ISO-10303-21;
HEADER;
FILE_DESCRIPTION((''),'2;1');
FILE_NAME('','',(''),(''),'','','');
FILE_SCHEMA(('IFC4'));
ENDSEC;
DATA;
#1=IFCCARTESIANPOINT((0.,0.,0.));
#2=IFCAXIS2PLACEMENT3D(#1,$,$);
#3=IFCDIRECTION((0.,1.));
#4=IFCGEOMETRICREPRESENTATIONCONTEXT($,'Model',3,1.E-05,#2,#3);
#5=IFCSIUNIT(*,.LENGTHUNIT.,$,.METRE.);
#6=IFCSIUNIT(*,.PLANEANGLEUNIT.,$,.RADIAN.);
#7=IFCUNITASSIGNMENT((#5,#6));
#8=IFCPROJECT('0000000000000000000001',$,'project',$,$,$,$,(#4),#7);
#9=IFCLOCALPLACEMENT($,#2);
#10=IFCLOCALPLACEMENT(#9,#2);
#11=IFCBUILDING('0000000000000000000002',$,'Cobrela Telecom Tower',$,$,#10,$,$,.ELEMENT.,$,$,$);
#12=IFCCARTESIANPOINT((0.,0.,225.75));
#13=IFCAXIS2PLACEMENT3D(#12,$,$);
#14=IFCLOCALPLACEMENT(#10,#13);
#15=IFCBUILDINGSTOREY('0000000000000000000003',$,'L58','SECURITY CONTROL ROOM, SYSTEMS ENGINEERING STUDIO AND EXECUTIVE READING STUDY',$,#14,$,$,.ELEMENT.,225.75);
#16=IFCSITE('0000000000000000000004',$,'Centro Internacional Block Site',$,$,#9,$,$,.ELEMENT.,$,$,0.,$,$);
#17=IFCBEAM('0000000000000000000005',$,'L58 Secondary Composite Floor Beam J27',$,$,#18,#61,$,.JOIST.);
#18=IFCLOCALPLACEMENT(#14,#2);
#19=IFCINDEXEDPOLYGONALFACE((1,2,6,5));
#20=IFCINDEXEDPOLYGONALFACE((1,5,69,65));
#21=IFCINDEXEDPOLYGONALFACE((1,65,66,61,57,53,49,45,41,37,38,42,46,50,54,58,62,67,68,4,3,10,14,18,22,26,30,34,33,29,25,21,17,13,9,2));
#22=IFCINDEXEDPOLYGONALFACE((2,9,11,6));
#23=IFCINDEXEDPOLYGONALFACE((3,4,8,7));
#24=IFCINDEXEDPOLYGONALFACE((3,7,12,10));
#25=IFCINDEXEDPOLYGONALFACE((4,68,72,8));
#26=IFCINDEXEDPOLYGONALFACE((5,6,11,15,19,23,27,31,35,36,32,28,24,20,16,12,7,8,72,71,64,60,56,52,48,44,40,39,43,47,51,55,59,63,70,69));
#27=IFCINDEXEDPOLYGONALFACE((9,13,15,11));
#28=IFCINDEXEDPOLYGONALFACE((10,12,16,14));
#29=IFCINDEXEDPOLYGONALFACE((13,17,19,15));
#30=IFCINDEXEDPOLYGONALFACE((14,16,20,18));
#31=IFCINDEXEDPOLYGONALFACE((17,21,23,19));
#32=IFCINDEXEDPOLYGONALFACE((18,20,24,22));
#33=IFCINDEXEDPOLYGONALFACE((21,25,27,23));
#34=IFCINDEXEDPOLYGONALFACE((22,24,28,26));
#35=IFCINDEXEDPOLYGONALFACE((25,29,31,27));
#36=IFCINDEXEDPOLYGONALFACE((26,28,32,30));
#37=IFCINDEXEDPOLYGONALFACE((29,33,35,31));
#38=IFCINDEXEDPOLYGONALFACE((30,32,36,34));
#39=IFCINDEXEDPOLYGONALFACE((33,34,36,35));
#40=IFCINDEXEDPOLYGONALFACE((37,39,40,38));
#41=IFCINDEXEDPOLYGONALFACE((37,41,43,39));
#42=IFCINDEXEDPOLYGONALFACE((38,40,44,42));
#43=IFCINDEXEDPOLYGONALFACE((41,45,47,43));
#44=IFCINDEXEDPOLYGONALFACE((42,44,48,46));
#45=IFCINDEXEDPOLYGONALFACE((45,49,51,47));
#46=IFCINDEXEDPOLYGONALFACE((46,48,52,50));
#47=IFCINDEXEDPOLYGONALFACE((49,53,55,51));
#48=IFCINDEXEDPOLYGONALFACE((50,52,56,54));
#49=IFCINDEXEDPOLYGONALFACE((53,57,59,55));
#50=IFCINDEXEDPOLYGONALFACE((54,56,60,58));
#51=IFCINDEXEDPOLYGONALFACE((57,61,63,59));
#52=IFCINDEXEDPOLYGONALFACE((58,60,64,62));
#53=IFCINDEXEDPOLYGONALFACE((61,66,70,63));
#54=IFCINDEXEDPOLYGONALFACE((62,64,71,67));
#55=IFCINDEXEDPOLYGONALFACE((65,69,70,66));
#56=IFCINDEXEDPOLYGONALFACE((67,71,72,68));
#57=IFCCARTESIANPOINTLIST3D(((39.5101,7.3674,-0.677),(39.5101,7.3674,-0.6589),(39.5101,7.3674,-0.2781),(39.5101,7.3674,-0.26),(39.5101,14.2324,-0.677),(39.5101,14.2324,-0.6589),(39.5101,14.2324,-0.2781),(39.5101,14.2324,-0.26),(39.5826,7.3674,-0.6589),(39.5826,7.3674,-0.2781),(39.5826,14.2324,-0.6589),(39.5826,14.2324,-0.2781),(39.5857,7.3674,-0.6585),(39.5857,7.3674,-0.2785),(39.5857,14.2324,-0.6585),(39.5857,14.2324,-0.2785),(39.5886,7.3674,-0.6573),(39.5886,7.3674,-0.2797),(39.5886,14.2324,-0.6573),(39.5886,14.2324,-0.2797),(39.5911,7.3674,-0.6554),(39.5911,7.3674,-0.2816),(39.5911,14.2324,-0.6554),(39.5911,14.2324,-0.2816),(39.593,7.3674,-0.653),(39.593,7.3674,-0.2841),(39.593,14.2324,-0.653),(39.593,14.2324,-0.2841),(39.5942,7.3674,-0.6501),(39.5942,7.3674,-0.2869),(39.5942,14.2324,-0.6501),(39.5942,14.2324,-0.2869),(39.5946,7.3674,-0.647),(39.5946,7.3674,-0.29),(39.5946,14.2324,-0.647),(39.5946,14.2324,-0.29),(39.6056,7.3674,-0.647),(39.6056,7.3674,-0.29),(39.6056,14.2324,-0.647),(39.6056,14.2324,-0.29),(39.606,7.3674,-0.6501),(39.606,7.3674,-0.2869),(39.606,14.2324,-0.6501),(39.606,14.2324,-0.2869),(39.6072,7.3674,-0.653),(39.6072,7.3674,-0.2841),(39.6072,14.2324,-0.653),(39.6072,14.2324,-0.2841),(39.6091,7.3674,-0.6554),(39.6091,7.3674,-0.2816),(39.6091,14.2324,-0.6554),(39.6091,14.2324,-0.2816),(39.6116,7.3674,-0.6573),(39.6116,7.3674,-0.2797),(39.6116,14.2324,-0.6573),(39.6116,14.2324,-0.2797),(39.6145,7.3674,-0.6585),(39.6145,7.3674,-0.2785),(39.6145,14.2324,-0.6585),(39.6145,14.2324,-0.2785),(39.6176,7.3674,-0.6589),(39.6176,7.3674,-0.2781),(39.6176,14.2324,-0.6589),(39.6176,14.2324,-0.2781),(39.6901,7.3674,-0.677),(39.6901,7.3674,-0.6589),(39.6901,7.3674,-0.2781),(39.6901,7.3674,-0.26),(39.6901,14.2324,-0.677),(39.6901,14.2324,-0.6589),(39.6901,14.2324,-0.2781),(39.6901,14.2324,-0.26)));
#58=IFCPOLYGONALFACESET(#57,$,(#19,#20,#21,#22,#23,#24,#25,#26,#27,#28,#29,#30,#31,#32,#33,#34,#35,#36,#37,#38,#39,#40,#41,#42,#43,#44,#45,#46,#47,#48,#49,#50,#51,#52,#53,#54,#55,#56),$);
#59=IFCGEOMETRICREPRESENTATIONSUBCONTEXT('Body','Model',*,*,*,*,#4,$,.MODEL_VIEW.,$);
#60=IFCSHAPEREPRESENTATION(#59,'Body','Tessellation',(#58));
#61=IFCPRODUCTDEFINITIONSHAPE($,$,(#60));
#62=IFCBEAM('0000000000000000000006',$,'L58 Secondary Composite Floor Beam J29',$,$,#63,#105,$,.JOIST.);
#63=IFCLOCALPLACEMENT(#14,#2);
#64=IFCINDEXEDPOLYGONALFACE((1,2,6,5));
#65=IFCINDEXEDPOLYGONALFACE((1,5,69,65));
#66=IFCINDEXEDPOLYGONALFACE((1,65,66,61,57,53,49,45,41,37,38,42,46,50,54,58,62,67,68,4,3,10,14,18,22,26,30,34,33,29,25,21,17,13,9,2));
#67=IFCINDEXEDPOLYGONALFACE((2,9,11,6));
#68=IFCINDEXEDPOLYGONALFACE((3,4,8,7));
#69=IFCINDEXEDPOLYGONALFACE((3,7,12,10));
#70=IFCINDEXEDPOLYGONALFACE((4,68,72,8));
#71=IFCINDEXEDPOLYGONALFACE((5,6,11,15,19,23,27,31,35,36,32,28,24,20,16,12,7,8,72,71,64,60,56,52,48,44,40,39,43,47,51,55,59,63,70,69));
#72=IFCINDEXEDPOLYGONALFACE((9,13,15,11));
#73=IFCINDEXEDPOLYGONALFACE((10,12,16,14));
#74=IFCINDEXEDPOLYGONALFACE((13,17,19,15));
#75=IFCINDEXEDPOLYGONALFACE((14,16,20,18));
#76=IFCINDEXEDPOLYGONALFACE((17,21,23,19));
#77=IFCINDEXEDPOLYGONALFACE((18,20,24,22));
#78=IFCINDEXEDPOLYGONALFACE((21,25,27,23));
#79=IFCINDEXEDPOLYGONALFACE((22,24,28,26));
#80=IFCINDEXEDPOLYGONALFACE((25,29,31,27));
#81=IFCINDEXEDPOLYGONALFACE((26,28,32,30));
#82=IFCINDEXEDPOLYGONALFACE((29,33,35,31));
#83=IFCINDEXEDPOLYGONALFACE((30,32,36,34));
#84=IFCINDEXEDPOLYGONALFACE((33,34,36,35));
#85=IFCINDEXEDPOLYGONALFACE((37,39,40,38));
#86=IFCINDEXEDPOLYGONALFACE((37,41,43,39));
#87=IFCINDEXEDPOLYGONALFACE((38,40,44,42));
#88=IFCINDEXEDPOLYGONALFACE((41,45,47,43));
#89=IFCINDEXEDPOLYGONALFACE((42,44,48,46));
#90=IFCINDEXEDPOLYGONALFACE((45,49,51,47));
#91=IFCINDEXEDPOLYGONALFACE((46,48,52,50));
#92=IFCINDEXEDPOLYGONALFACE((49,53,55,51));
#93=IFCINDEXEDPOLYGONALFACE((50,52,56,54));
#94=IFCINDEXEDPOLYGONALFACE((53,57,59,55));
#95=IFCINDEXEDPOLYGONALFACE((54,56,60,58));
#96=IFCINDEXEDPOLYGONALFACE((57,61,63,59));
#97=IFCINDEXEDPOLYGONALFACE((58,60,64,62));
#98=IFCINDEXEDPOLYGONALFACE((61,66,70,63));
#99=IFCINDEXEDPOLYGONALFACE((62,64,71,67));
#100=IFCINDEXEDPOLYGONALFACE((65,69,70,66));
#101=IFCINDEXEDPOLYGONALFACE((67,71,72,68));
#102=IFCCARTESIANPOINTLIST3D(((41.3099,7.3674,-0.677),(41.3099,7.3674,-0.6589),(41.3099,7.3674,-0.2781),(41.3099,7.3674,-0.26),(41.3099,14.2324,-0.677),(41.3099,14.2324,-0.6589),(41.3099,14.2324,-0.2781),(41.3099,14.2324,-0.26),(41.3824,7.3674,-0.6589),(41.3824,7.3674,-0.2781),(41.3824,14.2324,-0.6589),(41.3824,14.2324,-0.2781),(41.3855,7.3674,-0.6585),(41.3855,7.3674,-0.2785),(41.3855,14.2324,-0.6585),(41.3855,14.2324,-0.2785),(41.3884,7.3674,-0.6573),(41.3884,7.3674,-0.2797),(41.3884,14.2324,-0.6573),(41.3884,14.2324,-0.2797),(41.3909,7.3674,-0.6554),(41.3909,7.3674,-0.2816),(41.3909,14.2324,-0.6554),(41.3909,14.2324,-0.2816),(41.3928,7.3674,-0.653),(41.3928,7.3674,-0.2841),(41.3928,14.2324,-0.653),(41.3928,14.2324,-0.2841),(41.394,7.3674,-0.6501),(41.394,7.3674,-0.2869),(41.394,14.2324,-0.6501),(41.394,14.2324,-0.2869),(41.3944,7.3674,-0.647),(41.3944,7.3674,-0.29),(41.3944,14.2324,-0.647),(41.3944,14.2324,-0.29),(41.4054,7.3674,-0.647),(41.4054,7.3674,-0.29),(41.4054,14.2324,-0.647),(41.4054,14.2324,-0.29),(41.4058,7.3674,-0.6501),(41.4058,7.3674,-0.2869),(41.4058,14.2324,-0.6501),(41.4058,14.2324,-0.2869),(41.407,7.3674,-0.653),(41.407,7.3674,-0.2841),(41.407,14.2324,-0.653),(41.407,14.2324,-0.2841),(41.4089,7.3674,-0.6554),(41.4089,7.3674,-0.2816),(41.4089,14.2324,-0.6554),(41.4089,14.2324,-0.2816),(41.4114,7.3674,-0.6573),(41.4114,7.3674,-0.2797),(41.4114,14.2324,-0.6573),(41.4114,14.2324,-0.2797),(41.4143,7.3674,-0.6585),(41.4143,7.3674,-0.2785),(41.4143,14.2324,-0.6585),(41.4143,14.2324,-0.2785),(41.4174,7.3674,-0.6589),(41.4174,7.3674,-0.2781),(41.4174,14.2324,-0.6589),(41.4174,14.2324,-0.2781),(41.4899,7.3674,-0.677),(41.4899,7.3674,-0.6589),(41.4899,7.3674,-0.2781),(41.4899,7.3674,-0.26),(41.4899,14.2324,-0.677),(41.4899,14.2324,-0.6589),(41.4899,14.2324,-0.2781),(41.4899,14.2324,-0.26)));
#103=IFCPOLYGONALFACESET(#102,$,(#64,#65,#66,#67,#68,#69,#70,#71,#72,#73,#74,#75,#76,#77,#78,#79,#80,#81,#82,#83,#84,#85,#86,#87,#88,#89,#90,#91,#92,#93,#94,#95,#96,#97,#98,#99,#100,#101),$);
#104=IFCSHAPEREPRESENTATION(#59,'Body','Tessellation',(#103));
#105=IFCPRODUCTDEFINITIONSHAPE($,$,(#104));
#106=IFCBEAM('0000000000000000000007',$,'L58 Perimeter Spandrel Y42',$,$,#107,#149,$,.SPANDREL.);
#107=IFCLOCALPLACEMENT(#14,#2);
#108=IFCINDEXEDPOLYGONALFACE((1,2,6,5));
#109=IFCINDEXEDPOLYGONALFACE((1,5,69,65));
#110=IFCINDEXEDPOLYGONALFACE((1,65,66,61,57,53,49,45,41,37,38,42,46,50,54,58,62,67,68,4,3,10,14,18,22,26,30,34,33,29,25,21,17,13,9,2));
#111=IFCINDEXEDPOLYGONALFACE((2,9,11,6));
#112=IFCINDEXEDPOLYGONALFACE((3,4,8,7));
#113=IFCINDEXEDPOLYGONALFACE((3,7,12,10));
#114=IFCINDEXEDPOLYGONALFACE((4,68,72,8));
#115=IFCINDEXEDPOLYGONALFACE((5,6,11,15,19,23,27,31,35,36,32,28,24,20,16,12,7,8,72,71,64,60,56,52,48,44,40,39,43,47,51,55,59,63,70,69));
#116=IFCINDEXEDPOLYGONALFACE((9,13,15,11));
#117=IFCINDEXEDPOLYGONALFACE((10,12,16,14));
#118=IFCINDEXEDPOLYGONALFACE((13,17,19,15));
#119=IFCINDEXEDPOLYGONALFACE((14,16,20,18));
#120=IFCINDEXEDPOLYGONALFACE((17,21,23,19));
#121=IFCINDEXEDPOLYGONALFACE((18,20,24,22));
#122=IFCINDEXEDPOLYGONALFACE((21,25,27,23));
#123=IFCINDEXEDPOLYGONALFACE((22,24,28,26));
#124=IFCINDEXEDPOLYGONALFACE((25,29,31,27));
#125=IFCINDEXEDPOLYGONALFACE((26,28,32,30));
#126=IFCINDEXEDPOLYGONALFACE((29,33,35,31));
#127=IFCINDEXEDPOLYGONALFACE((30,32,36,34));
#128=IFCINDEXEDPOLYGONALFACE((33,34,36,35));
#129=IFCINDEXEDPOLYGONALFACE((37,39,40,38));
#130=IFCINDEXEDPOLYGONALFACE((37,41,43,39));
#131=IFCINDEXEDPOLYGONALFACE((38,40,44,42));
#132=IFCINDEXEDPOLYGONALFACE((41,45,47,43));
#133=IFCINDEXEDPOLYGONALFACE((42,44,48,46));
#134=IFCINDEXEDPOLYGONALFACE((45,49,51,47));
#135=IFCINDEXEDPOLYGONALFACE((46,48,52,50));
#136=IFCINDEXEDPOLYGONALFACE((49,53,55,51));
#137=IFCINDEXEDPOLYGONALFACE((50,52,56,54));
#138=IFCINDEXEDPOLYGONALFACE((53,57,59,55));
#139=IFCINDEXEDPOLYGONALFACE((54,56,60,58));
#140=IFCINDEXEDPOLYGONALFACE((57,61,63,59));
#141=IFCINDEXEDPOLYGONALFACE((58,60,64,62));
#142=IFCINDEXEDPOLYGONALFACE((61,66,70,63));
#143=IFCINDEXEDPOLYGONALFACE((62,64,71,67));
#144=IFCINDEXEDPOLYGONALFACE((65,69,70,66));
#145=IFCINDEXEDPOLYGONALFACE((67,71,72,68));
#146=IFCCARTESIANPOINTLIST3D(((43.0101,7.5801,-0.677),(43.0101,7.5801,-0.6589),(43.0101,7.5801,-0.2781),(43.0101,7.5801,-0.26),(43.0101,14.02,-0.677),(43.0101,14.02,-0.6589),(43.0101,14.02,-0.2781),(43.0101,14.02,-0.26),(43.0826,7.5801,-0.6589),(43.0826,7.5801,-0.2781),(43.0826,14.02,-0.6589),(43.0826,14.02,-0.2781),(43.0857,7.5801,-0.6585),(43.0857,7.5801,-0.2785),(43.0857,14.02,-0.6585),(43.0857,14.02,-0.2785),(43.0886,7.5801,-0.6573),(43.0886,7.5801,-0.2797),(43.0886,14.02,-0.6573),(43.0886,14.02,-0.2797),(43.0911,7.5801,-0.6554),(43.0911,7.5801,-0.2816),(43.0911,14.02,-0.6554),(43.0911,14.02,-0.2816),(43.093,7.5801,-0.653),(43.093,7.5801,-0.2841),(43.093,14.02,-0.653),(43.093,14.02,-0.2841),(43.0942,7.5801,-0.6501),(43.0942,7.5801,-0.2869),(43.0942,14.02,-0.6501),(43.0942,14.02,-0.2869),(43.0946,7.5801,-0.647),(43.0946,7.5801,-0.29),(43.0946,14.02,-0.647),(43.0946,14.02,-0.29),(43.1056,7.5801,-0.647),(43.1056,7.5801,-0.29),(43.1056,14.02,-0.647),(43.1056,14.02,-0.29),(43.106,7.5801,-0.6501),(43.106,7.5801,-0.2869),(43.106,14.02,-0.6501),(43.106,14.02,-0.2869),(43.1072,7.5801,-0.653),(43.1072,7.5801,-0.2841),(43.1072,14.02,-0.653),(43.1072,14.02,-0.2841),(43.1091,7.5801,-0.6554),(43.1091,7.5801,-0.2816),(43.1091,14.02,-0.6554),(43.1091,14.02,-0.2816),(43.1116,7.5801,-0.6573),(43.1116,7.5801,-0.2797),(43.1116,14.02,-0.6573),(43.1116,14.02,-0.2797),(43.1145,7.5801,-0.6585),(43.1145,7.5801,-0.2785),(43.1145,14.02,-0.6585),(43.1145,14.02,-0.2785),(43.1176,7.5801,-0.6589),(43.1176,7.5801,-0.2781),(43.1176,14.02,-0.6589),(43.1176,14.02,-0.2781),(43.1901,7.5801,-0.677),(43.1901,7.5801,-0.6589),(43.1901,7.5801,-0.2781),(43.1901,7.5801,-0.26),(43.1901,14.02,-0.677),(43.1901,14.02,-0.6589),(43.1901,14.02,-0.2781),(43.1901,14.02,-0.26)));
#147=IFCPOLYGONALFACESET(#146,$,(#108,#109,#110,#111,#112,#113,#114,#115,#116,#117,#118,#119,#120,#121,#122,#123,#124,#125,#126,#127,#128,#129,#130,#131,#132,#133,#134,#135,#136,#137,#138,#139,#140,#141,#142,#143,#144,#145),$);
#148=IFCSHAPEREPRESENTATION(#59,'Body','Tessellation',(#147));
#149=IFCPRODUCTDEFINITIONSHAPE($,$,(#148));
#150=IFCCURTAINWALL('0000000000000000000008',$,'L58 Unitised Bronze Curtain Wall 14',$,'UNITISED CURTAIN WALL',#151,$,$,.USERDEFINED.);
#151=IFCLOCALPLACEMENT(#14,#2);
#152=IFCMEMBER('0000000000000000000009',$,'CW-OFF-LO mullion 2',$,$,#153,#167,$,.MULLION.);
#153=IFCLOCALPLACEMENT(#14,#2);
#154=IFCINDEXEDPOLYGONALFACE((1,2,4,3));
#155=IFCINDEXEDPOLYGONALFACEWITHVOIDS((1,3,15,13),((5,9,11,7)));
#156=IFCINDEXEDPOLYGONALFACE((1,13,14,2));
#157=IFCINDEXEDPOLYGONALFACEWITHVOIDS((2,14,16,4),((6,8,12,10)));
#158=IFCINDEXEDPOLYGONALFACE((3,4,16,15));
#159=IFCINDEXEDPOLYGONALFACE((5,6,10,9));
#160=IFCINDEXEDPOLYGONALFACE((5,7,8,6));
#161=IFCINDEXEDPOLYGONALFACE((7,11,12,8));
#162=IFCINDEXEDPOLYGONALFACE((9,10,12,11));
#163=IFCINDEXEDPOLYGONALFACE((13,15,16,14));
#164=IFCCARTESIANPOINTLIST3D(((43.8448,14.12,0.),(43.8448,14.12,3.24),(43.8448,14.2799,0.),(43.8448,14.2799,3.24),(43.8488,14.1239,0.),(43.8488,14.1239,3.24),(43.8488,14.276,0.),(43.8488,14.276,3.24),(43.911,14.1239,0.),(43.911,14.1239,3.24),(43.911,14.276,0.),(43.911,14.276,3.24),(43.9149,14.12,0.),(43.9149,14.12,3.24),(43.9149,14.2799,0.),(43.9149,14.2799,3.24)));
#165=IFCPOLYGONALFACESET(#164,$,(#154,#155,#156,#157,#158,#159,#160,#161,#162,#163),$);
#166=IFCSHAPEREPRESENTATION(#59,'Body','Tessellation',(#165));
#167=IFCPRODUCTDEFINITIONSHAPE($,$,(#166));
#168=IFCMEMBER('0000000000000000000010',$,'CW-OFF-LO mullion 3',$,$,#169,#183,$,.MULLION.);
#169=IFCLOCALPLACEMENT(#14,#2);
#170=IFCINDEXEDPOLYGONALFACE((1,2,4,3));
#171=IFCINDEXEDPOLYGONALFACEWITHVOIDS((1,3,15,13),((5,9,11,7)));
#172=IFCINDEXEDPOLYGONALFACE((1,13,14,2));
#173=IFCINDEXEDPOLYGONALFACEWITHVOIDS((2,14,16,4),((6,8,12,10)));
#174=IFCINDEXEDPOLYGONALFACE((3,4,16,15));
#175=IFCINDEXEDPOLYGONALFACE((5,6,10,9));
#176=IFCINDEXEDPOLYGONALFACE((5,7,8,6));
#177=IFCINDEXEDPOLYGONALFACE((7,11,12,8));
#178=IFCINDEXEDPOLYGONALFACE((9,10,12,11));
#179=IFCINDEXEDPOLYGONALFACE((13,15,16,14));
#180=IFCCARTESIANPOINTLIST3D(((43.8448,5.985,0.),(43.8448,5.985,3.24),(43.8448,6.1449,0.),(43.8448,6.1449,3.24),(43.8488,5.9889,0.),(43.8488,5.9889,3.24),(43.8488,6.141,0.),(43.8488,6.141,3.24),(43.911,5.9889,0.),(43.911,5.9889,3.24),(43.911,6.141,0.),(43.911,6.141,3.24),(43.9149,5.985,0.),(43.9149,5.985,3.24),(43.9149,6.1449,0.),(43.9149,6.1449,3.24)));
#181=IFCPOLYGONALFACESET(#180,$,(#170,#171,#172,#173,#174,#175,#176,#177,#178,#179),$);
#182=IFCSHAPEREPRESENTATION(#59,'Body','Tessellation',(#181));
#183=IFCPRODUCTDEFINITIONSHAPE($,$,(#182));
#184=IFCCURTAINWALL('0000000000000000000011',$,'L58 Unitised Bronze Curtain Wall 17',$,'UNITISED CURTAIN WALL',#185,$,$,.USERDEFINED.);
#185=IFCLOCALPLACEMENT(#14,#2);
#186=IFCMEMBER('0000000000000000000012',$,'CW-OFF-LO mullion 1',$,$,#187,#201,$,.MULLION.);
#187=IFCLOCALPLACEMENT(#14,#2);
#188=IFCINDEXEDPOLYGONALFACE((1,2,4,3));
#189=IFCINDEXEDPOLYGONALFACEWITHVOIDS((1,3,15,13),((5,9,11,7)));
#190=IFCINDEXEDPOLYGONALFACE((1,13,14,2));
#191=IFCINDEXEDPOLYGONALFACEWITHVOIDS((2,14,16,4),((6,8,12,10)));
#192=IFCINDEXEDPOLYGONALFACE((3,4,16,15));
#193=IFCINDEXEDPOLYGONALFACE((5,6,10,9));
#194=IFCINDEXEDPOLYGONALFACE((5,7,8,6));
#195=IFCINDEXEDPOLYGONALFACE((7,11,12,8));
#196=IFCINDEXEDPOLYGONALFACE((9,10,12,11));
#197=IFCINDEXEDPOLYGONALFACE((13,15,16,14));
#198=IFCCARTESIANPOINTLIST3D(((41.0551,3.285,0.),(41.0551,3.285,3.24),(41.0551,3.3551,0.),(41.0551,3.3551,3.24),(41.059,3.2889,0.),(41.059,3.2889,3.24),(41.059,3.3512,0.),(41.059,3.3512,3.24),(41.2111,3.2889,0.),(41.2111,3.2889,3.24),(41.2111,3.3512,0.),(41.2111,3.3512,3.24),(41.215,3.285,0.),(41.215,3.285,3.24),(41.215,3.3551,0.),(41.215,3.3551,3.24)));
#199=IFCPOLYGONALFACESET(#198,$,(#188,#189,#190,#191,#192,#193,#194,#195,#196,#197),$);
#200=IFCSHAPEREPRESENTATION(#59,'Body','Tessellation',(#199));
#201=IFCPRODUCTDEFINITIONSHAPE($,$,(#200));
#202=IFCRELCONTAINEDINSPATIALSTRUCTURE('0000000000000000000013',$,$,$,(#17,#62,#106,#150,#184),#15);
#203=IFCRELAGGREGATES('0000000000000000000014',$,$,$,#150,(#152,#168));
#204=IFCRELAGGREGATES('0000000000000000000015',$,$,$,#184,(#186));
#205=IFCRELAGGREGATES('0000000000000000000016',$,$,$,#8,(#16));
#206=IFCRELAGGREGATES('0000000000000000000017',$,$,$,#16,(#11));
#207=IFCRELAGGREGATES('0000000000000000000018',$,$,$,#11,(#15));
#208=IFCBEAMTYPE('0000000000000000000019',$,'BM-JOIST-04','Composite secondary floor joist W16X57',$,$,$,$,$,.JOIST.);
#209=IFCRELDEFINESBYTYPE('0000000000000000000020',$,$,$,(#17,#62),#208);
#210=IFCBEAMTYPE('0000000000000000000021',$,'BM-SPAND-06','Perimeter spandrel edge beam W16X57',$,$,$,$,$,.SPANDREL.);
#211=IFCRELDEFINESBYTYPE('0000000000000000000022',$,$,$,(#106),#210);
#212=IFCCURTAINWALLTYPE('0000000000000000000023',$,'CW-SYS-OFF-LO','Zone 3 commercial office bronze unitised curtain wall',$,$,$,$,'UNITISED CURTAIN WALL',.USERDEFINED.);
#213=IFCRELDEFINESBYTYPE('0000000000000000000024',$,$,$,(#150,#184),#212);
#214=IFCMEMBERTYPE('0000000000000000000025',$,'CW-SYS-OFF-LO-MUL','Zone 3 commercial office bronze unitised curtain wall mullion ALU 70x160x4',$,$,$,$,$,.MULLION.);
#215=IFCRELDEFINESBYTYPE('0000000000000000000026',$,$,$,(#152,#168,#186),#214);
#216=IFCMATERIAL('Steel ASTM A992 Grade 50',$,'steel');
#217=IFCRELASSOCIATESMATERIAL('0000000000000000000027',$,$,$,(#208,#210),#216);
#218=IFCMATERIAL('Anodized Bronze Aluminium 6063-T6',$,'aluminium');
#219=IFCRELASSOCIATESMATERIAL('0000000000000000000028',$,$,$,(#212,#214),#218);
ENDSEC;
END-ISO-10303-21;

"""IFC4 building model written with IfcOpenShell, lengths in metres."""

from ifc_helpers import new_model, si_unit, direction, frame, origin, origin_2d, place, context, subcontext, project, spatial, hollow_rectangle, i_section, extrude, material, material_profile, profile_set, type_object, element, aggregate, save


model = new_model("IFC4")

# Units and contexts
model_context = context("Model", 3, precision=1e-05, world=origin(), true_north=direction((0.0, 1.0)))
body_context = subcontext(model_context, "Body", "Model", "MODEL_VIEW")
ifc_project = project(units=[si_unit("LENGTHUNIT", "METRE"), si_unit("PLANEANGLEUNIT", "RADIAN")], contexts=[model_context])

# Site, building, storey
site_placement = place(None, origin())
site = spatial("IfcSite", under=ifc_project, at=site_placement, Name="Centro Internacional Block Site", CompositionType="ELEMENT", RefElevation=0.0)
building_placement = place(site_placement, origin())
building = spatial("IfcBuilding", under=site, at=building_placement, Name="Cobrela Telecom Tower", CompositionType="ELEMENT")
storey_placement = place(building_placement, frame((0.0, 0.0, 225.75)))
storey = spatial("IfcBuildingStorey", under=building, at=storey_placement, Name="L58", Description="SECURITY CONTROL ROOM, SYSTEMS ENGINEERING STUDIO AND EXECUTIVE READING STUDY", CompositionType="ELEMENT", Elevation=225.75)

# Shared definitions
ifc_material_1 = material(Name="Steel ASTM A992 Grade 50", Category="steel")

# Beams
ifc_material_profile_1 = material_profile(ifc_material_1, i_section(OverallWidth=0.1799, OverallDepth=0.417, WebThickness=0.011, FlangeThickness=0.0181, FilletRadius=0.012, at=origin_2d()), Name="W16X57")
ifc_profile_set_1 = profile_set([ifc_material_profile_1], Name="Steel ASTM A992 Grade 50")
beam_type_1 = type_object("IfcBeamType", Name="BM-JOIST-04", Description="Composite secondary floor joist W16X57", PredefinedType="JOIST", material=ifc_profile_set_1)
for number, where, z_axis, x_axis, name in (
    (1, (39.6001, 7.3674, -0.4685), (0.0, 1.0, 0.0), (-1.0, 0.0, 0.0), "L58 Secondary Composite Floor Beam J27"),
    (2, (41.3999, 7.3674, -0.4685), (0.0, 1.0, 0.0), (-1.0, 0.0, 0.0), "L58 Secondary Composite Floor Beam J29"),
):
    element("IfcBeam", number, at=place(storey_placement, frame(where, z_axis=z_axis, x_axis=x_axis)), inside=storey, type_object=beam_type_1, Name=name, PredefinedType="JOIST", context=body_context, shape_type="SweptSolid", body=[
        extrude(i_section(OverallWidth=0.1799, OverallDepth=0.417, WebThickness=0.011, FlangeThickness=0.0181, FilletRadius=0.012, at=origin_2d()), origin(), (0.0, 0.0, 1.0), 6.865),
    ])
ifc_material_profile_2 = material_profile(ifc_material_1, i_section(OverallWidth=0.1799, OverallDepth=0.417, WebThickness=0.011, FlangeThickness=0.0181, FilletRadius=0.012, at=origin_2d()), Name="W16X57")
ifc_profile_set_2 = profile_set([ifc_material_profile_2], Name="Steel ASTM A992 Grade 50")
beam_type_2 = type_object("IfcBeamType", Name="BM-SPAND-06", Description="Perimeter spandrel edge beam W16X57", PredefinedType="SPANDREL", material=ifc_profile_set_2)
beam_1_placement = place(storey_placement, frame((43.1001, 7.5801, -0.4685), z_axis=(0.0, 1.0, 0.0), x_axis=(-1.0, 0.0, 0.0)))
element("IfcBeam", 3, at=beam_1_placement, inside=storey, type_object=beam_type_2, Name="L58 Perimeter Spandrel Y42", PredefinedType="SPANDREL", context=body_context, shape_type="SweptSolid", body=[
    extrude(i_section(OverallWidth=0.1799, OverallDepth=0.417, WebThickness=0.011, FlangeThickness=0.0181, FilletRadius=0.012, at=origin_2d()), origin(), (0.0, 0.0, 1.0), 6.4399),
])

# Curtain walls, members
ifc_material_2 = material(Name="Anodized Bronze Aluminium 6063-T6", Category="aluminium")
curtain_wall_type = type_object("IfcCurtainWallType", Name="CW-SYS-OFF-LO", Description="Zone 3 commercial office bronze unitised curtain wall", ElementType="UNITISED CURTAIN WALL", PredefinedType="USERDEFINED", material=ifc_material_2)
curtain_wall_1_placement = place(storey_placement, origin())
curtain_wall_1 = element("IfcCurtainWall", 4, at=curtain_wall_1_placement, inside=storey, type_object=curtain_wall_type, Name="L58 Unitised Bronze Curtain Wall 14", ObjectType="UNITISED CURTAIN WALL", PredefinedType="USERDEFINED")
ifc_material_profile_3 = material_profile(ifc_material_2, hollow_rectangle(XDim=0.0701, YDim=0.1599, WallThickness=0.0039, at=origin_2d()), Name="ALU 70x160x4")
ifc_profile_set_3 = profile_set([ifc_material_profile_3], Name="Anodized Bronze Aluminium 6063-T6")
member_type_1 = type_object("IfcMemberType", Name="CW-SYS-OFF-LO-MUL", Description="Zone 3 commercial office bronze unitised curtain wall mullion ALU 70x160x4", PredefinedType="MULLION", material=ifc_profile_set_3)
member_1_placement = place(storey_placement, frame((43.8799, 14.2, 0.0), z_axis=(0.0, 0.0, 1.0), x_axis=(1.0, 0.0, 0.0)))
member_1 = element("IfcMember", 5, at=member_1_placement, type_object=member_type_1, Name="CW-OFF-LO mullion 2", PredefinedType="MULLION", context=body_context, shape_type="SweptSolid", body=[
    extrude(hollow_rectangle(XDim=0.0701, YDim=0.1599, WallThickness=0.0039, at=origin_2d()), origin(), (0.0, 0.0, 1.0), 3.24),
])
member_2_placement = place(storey_placement, frame((43.8799, 6.0649, 0.0), z_axis=(0.0, 0.0, 1.0), x_axis=(1.0, 0.0, 0.0)))
member_2 = element("IfcMember", 6, at=member_2_placement, type_object=member_type_1, Name="CW-OFF-LO mullion 3", PredefinedType="MULLION", context=body_context, shape_type="SweptSolid", body=[
    extrude(hollow_rectangle(XDim=0.0701, YDim=0.1599, WallThickness=0.0039, at=origin_2d()), origin(), (0.0, 0.0, 1.0), 3.24),
])
curtain_wall_2_placement = place(storey_placement, origin())
curtain_wall_2 = element("IfcCurtainWall", 7, at=curtain_wall_2_placement, inside=storey, type_object=curtain_wall_type, Name="L58 Unitised Bronze Curtain Wall 17", ObjectType="UNITISED CURTAIN WALL", PredefinedType="USERDEFINED")
member_3_placement = place(storey_placement, frame((41.135, 3.3201, 0.0), z_axis=(0.0, 0.0, 1.0), x_axis=(0.0, -1.0, 0.0)))
member_3 = element("IfcMember", 8, at=member_3_placement, type_object=member_type_1, Name="CW-OFF-LO mullion 1", PredefinedType="MULLION", context=body_context, shape_type="SweptSolid", body=[
    extrude(hollow_rectangle(XDim=0.0701, YDim=0.1599, WallThickness=0.0039, at=origin_2d()), origin(), (0.0, 0.0, 1.0), 3.24),
])

aggregate(curtain_wall_1, [member_1, member_2])
aggregate(curtain_wall_2, [member_3])

save(model, "model.ifc")
